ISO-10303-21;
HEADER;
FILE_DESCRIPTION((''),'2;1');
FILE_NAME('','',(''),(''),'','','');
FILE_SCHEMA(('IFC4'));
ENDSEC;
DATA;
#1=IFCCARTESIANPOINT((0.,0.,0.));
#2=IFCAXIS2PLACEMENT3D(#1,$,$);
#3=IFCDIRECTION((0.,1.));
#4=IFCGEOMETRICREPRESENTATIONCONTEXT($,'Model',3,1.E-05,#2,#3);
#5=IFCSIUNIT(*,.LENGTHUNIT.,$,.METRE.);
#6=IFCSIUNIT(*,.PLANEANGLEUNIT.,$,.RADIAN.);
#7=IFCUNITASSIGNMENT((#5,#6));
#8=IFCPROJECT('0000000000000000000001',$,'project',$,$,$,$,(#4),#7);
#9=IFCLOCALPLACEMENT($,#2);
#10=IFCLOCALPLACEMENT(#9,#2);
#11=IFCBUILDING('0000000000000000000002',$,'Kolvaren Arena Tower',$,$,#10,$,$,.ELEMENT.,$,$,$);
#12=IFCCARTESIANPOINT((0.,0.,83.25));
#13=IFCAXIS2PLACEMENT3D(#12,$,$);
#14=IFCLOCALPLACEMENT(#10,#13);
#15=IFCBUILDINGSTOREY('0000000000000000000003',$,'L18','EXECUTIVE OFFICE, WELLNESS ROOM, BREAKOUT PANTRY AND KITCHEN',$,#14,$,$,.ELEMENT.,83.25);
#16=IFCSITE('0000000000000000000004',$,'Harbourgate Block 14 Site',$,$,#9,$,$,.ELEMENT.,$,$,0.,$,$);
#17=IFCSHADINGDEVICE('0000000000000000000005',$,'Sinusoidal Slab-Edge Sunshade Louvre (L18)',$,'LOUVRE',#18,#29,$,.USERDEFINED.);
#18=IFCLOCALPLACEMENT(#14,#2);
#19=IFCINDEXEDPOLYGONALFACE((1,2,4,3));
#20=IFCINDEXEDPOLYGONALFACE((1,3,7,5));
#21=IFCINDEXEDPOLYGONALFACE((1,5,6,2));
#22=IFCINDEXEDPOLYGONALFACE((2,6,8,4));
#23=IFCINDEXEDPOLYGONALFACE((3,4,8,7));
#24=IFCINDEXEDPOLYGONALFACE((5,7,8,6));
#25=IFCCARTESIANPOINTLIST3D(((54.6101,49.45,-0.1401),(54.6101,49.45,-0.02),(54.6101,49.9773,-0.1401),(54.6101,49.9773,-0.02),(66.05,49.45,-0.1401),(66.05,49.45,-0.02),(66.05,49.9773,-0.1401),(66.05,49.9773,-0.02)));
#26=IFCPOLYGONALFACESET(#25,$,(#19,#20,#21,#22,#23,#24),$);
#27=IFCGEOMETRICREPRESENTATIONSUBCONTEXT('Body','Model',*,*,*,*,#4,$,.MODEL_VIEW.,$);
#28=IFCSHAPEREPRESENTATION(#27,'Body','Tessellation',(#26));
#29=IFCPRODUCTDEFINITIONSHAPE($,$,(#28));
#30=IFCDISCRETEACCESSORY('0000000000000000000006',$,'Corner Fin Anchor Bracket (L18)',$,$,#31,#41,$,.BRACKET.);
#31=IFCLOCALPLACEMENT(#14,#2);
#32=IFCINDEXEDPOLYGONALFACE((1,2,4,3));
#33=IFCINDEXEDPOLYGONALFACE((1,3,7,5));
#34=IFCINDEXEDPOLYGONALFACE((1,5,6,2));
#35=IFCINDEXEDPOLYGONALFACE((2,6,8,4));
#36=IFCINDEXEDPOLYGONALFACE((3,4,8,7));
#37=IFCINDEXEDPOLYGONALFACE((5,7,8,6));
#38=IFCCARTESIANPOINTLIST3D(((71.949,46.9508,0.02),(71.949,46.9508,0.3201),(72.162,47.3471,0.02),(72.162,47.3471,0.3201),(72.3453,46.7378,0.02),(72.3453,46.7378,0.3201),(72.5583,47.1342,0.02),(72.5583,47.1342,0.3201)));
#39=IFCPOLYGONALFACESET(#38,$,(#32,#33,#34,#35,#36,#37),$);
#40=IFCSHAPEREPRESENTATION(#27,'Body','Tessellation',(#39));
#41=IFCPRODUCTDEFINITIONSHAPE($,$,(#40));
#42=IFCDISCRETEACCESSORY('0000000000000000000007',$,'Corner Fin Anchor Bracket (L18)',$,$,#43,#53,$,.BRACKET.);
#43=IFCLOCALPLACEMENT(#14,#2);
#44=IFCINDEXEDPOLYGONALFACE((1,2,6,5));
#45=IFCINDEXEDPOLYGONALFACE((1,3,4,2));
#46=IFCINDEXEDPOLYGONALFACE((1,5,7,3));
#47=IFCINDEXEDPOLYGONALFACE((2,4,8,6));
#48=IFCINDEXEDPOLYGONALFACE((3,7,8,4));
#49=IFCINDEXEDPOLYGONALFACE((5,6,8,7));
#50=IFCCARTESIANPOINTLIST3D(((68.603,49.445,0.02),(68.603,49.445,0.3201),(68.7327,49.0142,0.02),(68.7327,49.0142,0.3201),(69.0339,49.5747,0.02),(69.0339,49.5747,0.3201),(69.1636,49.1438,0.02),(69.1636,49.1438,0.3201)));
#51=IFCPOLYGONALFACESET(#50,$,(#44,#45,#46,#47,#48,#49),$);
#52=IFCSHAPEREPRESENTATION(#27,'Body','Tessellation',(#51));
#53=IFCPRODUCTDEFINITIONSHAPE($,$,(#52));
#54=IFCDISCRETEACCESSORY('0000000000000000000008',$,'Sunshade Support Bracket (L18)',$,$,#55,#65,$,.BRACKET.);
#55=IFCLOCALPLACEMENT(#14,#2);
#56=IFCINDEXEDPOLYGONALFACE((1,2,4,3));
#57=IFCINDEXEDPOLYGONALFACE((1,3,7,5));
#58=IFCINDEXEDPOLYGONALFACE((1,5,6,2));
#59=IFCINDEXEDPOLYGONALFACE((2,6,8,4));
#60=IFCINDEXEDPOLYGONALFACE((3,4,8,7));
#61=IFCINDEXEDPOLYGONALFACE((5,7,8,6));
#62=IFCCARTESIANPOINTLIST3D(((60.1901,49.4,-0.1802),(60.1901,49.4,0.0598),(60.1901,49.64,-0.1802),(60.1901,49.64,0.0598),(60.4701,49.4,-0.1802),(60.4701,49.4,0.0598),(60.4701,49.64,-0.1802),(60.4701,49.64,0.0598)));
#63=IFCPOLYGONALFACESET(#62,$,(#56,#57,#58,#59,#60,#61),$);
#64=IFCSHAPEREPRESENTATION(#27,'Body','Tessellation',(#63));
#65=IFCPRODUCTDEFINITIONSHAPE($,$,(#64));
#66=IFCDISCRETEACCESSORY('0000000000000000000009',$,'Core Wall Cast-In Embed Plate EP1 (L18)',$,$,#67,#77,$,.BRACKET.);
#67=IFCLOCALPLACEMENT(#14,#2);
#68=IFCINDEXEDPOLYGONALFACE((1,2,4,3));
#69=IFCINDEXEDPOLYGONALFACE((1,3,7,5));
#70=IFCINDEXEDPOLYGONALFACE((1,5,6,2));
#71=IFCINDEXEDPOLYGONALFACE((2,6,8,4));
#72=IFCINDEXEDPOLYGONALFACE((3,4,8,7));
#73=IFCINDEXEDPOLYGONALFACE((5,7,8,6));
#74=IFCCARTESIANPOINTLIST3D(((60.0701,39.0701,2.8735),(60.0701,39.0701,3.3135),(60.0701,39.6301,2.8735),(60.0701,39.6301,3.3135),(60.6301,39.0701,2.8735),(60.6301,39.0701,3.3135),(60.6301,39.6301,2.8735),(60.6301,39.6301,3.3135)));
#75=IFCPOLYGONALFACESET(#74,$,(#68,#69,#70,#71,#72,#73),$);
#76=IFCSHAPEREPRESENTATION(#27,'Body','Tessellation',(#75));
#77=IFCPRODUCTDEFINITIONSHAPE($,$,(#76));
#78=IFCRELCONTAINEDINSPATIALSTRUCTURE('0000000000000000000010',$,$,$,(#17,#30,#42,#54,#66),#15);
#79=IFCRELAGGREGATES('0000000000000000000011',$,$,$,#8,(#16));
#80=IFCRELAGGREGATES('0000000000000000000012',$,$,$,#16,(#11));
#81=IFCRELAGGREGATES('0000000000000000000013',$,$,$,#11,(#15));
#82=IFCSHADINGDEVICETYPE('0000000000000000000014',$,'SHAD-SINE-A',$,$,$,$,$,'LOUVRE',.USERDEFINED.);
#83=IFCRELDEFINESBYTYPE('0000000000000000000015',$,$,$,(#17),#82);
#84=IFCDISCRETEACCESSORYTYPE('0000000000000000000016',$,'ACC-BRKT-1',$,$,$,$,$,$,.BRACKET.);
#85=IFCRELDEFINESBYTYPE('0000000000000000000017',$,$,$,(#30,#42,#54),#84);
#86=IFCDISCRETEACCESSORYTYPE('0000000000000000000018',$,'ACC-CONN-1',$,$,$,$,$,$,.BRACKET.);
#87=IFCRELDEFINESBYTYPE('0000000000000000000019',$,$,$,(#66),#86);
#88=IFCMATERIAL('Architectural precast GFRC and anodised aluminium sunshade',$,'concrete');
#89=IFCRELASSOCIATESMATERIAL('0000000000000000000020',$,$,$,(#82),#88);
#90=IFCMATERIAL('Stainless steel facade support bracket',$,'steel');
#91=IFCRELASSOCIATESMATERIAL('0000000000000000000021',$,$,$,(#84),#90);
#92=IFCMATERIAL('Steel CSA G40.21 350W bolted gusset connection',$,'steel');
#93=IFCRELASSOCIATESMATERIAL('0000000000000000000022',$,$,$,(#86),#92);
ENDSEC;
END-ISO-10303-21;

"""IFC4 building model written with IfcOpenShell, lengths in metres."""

from ifc_helpers import new_model, si_unit, direction, frame, origin, origin_2d, place, context, subcontext, project, spatial, rectangle, extrude, material, type_object, element, save


model = new_model("IFC4")

# Units and contexts
model_context = context("Model", 3, precision=1e-05, world=origin(), true_north=direction((0.0, 1.0)))
body_context = subcontext(model_context, "Body", "Model", "MODEL_VIEW")
ifc_project = project(units=[si_unit("LENGTHUNIT", "METRE"), si_unit("PLANEANGLEUNIT", "RADIAN")], contexts=[model_context])

# Site, building, storey
site_placement = place(None, origin())
site = spatial("IfcSite", under=ifc_project, at=site_placement, Name="Harbourgate Block 14 Site", CompositionType="ELEMENT", RefElevation=0.0)
building_placement = place(site_placement, origin())
building = spatial("IfcBuilding", under=site, at=building_placement, Name="Kolvaren Arena Tower", CompositionType="ELEMENT")
storey_placement = place(building_placement, frame((0.0, 0.0, 83.25)))
storey = spatial("IfcBuildingStorey", under=building, at=storey_placement, Name="L18", Description="EXECUTIVE OFFICE, WELLNESS ROOM, BREAKOUT PANTRY AND KITCHEN", CompositionType="ELEMENT", Elevation=83.25)

# Shading device
ifc_material_1 = material(Name="Architectural precast GFRC and anodised aluminium sunshade", Category="concrete")
shading_device_type_1 = type_object("IfcShadingDeviceType", Name="SHAD-SINE-A", ElementType="LOUVRE", PredefinedType="USERDEFINED", material=ifc_material_1)
shading_device_placement = place(storey_placement, frame((60.3301, 49.7136, -0.1401), z_axis=(0.0, 0.0, 1.0), x_axis=(1.0, 0.0, 0.0)))
element("IfcShadingDevice", 1, at=shading_device_placement, inside=storey, type_object=shading_device_type_1, Name="Sinusoidal Slab-Edge Sunshade Louvre (L18)", ObjectType="LOUVRE", PredefinedType="USERDEFINED", context=body_context, shape_type="SweptSolid", body=[
    extrude(rectangle(XDim=11.4399, YDim=0.5273, at=origin_2d()), origin(), (0.0, 0.0, 1.0), 0.1201),
])

# Discrete accessories
ifc_material_2 = material(Name="Stainless steel facade support bracket", Category="steel")
discrete_accessory_type_1 = type_object("IfcDiscreteAccessoryType", Name="ACC-BRKT-1", PredefinedType="BRACKET", material=ifc_material_2)
for number, where, z_axis, x_axis, name in (
    (2, (72.2537, 47.0425, 0.02), (0.0, 0.0, 1.0), (0.473349, 0.880875, 0.0), "Corner Fin Anchor Bracket (L18)"),
    (3, (68.8833, 49.2944, 0.02), (0.0, 0.0, 1.0), (-0.288175, 0.957578, 0.0), "Corner Fin Anchor Bracket (L18)"),
):
    element("IfcDiscreteAccessory", number, at=place(storey_placement, frame(where, z_axis=z_axis, x_axis=x_axis)), inside=storey, type_object=discrete_accessory_type_1, Name=name, PredefinedType="BRACKET", context=body_context, shape_type="SweptSolid", body=[
        extrude(rectangle(XDim=0.45, YDim=0.45, at=origin_2d()), origin(), (0.0, 0.0, 1.0), 0.3),
    ])
discrete_accessory_1_placement = place(storey_placement, frame((60.3301, 49.52, -0.1802), z_axis=(0.0, 0.0, 1.0), x_axis=(1.0, 0.0, 0.0)))
element("IfcDiscreteAccessory", 4, at=discrete_accessory_1_placement, inside=storey, type_object=discrete_accessory_type_1, Name="Sunshade Support Bracket (L18)", PredefinedType="BRACKET", context=body_context, shape_type="SweptSolid", body=[
    extrude(rectangle(XDim=0.28, YDim=0.24, at=origin_2d()), origin(), (0.0, 0.0, 1.0), 0.24),
])
ifc_material_3 = material(Name="Steel CSA G40.21 350W bolted gusset connection", Category="steel")
discrete_accessory_type_2 = type_object("IfcDiscreteAccessoryType", Name="ACC-CONN-1", PredefinedType="BRACKET", material=ifc_material_3)
discrete_accessory_2_placement = place(storey_placement, frame((60.3501, 39.3501, 2.8735), z_axis=(0.0, 0.0, 1.0), x_axis=(1.0, 0.0, 0.0)))
element("IfcDiscreteAccessory", 5, at=discrete_accessory_2_placement, inside=storey, type_object=discrete_accessory_type_2, Name="Core Wall Cast-In Embed Plate EP1 (L18)", PredefinedType="BRACKET", context=body_context, shape_type="SweptSolid", body=[
    extrude(rectangle(XDim=0.5601, YDim=0.5601, at=origin_2d()), origin(), (0.0, 0.0, 1.0), 0.4399),
])

save(model, "model.ifc")
